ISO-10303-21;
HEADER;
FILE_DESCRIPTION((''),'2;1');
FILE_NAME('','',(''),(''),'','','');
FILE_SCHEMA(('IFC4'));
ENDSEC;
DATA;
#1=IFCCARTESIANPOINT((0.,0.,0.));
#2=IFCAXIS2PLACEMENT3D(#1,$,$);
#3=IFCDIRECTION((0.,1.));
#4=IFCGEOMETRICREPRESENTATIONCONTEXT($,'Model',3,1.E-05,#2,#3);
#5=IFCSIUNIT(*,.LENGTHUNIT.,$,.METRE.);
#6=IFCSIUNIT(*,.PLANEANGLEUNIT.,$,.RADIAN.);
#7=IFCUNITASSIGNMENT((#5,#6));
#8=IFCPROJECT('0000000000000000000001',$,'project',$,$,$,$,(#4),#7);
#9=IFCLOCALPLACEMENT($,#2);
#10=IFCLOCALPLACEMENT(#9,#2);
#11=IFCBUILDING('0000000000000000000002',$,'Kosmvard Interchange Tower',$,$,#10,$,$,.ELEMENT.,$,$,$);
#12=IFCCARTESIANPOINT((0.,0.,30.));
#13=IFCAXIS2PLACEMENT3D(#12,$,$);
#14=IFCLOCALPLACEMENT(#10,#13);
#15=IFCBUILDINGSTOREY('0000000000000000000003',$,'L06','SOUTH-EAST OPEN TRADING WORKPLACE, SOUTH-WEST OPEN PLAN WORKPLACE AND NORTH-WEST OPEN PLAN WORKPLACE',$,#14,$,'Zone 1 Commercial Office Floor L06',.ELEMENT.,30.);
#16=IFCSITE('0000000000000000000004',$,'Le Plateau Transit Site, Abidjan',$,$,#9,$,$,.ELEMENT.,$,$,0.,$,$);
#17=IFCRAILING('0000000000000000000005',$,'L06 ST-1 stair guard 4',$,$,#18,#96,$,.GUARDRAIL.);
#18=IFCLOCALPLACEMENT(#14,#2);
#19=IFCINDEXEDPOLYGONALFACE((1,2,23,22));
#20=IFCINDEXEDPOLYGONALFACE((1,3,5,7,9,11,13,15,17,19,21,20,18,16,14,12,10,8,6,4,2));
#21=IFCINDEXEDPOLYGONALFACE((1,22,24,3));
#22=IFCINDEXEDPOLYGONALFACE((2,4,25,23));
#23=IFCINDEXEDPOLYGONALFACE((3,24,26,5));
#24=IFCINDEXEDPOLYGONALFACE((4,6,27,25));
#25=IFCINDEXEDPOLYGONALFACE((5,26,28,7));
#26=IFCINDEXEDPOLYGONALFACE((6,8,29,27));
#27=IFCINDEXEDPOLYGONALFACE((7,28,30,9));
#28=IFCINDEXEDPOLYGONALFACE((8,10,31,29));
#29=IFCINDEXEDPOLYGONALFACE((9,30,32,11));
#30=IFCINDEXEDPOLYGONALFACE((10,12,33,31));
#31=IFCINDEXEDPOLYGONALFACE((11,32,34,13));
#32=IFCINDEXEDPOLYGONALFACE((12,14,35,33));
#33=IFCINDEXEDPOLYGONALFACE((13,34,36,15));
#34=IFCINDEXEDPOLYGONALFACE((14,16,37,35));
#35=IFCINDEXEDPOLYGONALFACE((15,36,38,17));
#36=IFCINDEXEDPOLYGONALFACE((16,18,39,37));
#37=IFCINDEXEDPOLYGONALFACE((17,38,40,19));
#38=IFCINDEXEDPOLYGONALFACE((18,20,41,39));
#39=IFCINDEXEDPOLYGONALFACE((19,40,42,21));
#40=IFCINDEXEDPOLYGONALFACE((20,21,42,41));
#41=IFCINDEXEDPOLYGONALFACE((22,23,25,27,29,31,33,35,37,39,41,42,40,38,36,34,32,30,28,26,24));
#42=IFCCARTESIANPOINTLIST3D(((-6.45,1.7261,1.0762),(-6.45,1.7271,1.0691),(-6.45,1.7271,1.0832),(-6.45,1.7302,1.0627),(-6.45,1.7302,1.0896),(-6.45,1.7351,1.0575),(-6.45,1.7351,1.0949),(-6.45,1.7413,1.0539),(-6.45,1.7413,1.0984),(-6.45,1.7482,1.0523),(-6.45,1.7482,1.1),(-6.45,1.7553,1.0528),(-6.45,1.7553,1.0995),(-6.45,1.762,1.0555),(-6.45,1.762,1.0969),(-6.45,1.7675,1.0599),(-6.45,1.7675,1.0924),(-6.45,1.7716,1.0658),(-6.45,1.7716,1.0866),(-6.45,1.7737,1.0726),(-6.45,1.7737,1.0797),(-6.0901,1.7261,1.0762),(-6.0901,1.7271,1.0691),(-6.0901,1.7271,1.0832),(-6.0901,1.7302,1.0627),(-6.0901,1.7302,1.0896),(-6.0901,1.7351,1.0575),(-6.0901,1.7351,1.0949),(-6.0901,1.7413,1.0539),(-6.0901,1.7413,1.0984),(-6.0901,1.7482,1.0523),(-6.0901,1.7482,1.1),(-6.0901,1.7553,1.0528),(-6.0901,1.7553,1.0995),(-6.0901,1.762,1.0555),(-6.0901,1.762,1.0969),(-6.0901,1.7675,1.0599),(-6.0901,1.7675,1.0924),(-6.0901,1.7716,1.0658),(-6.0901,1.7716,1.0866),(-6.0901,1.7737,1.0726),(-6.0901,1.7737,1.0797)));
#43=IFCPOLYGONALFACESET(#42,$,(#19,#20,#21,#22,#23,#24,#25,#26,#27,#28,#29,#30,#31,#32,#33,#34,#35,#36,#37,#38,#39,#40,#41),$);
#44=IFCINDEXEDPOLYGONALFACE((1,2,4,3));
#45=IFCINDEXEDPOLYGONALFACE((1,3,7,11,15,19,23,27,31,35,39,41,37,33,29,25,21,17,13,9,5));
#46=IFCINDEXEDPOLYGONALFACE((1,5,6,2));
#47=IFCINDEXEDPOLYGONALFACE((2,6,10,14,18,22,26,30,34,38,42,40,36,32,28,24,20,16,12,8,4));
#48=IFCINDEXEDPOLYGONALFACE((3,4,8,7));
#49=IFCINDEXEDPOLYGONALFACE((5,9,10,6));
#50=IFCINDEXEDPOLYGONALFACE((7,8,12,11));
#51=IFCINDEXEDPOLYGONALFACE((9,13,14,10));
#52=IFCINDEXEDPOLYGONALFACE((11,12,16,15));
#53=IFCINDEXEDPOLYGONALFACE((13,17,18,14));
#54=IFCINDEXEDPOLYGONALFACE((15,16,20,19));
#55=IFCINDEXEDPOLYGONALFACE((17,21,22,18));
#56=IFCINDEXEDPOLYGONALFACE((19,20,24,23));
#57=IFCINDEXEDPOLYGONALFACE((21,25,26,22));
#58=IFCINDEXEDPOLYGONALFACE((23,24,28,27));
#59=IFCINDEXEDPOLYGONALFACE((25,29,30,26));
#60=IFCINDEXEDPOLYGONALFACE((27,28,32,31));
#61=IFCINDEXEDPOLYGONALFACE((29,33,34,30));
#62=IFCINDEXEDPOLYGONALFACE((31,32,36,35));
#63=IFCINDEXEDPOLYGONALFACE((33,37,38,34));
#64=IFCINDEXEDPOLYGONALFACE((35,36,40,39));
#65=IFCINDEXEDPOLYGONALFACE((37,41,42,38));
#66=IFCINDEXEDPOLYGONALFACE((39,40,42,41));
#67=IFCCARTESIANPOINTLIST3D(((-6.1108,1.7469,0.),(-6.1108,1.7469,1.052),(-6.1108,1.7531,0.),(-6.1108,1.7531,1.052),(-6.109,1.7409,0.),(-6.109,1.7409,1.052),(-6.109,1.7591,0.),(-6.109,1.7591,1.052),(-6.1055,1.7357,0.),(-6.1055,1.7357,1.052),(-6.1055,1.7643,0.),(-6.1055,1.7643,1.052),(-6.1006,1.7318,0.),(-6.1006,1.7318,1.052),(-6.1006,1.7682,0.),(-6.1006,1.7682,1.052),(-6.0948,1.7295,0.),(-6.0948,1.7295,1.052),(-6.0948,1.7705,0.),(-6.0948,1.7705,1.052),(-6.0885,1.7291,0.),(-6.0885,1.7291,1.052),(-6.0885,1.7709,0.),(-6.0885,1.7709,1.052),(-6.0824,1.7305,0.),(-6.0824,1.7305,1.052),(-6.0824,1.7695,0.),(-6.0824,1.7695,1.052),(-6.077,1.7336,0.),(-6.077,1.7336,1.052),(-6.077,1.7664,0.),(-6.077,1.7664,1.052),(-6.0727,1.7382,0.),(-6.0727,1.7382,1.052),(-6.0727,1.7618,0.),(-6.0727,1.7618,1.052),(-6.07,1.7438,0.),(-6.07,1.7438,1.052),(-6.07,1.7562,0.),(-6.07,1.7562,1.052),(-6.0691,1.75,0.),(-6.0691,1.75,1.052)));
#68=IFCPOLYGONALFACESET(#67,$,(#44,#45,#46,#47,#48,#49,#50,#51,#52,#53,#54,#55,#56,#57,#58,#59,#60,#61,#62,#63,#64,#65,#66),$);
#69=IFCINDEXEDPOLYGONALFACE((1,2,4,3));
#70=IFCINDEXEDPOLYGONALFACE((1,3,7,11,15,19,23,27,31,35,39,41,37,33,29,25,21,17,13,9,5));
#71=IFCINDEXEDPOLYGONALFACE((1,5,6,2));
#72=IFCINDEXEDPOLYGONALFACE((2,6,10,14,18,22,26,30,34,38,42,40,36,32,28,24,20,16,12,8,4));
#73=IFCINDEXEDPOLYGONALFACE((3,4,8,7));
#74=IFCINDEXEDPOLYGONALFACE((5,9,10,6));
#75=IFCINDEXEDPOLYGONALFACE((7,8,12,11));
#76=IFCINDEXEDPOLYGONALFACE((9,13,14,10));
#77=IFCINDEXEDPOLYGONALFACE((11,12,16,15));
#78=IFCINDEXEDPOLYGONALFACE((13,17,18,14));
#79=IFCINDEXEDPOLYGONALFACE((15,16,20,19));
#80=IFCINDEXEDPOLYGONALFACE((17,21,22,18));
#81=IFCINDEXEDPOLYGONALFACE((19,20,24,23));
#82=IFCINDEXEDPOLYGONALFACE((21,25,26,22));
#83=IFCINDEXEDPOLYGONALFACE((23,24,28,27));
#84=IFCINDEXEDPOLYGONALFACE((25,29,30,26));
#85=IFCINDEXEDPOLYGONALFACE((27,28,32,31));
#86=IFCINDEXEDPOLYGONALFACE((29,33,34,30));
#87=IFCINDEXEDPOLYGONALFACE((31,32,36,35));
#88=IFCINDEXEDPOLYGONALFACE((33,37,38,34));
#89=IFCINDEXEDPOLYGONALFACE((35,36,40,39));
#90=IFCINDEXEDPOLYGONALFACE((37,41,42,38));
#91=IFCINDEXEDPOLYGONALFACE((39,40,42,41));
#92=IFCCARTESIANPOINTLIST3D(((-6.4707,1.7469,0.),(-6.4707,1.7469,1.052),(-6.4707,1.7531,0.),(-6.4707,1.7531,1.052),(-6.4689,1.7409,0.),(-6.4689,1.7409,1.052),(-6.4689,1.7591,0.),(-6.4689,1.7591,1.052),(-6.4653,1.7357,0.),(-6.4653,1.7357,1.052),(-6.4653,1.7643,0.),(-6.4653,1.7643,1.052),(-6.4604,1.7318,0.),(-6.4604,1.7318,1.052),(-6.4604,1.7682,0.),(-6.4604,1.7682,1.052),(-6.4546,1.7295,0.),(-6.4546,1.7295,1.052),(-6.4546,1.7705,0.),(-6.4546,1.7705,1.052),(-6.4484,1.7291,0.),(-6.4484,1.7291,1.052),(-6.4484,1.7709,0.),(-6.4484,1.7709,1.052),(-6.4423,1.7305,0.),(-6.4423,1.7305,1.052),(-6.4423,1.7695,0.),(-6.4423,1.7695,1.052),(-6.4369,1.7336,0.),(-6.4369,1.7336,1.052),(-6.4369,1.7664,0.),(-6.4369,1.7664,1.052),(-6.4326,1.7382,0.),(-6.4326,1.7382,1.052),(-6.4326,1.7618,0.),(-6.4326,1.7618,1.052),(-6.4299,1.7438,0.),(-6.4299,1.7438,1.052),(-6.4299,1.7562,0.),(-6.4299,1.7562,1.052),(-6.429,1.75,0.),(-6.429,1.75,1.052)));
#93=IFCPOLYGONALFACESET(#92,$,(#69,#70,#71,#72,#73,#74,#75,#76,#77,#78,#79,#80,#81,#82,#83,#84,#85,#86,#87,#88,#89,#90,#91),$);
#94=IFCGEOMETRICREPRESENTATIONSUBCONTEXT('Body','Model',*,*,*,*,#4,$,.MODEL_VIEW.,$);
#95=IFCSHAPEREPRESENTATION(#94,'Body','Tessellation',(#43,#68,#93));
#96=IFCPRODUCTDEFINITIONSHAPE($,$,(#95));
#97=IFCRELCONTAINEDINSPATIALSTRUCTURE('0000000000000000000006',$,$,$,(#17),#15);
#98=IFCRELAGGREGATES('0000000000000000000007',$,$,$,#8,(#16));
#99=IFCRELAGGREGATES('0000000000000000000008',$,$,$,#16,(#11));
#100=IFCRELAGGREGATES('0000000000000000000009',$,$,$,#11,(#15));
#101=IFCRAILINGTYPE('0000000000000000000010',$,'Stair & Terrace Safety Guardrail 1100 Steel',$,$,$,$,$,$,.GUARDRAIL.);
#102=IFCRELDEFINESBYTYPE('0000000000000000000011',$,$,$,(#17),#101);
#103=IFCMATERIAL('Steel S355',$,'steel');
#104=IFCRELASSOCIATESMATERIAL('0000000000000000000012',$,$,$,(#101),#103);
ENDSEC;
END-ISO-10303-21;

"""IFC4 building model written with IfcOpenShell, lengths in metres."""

from ifc_helpers import new_model, si_unit, direction, frame, origin, origin_2d, place, context, subcontext, project, spatial, circle, extrude, source, transform, mapped, material, type_object, element, save


model = new_model("IFC4")

# Units and contexts
model_context = context("Model", 3, precision=1e-05, world=origin(), true_north=direction((0.0, 1.0)))
body_context = subcontext(model_context, "Body", "Model", "MODEL_VIEW")
ifc_project = project(units=[si_unit("LENGTHUNIT", "METRE"), si_unit("PLANEANGLEUNIT", "RADIAN")], contexts=[model_context])

# Site, building, storey
site_placement = place(None, origin())
site = spatial("IfcSite", under=ifc_project, at=site_placement, Name="Le Plateau Transit Site, Abidjan", CompositionType="ELEMENT", RefElevation=0.0)
building_placement = place(site_placement, origin())
building = spatial("IfcBuilding", under=site, at=building_placement, Name="Kosmvard Interchange Tower", CompositionType="ELEMENT")
storey_placement = place(building_placement, frame((0.0, 0.0, 30.0)))
storey = spatial("IfcBuildingStorey", under=building, at=storey_placement, Name="L06", Description="SOUTH-EAST OPEN TRADING WORKPLACE, SOUTH-WEST OPEN PLAN WORKPLACE AND NORTH-WEST OPEN PLAN WORKPLACE", LongName="Zone 1 Commercial Office Floor L06", CompositionType="ELEMENT", Elevation=30.0)

# Shared definitions
ifc_material_1 = material(Name="Steel S355", Category="steel")

# Railing
railing_type_1 = type_object("IfcRailingType", Name="Stair & Terrace Safety Guardrail 1100 Steel", PredefinedType="GUARDRAIL", material=ifc_material_1)
shared_shape_1 = source(origin(), body_context, "Body", "SweptSolid", [
    extrude(circle(Radius=0.0239, at=origin_2d()), frame((0.0, 0.0, 1.0762), z_axis=(-1.0, 0.0, 0.0), x_axis=(0.0, -1.0, 0.0)), (0.0, 0.0, 1.0), 0.3599),
    extrude(circle(Radius=0.021, at=origin_2d()), origin(), (0.0, 0.0, 1.0), 1.052),
    extrude(circle(Radius=0.021, at=origin_2d()), frame((-0.3599, 0.0, 0.0)), (0.0, 0.0, 1.0), 1.052),
])
for number, where, name in (
    (1, (-6.0901, 1.75, 0.0), "L06 ST-1 stair guard 4"),
):
    element("IfcRailing", number, at=place(storey_placement, frame(where)), inside=storey, type_object=railing_type_1, Name=name, PredefinedType="GUARDRAIL", context=body_context, shape_type="MappedRepresentation", body=[
        mapped(shared_shape_1, transform((0.0, 0.0, 0.0), scale=1.0)),
    ])

save(model, "model.ifc")
